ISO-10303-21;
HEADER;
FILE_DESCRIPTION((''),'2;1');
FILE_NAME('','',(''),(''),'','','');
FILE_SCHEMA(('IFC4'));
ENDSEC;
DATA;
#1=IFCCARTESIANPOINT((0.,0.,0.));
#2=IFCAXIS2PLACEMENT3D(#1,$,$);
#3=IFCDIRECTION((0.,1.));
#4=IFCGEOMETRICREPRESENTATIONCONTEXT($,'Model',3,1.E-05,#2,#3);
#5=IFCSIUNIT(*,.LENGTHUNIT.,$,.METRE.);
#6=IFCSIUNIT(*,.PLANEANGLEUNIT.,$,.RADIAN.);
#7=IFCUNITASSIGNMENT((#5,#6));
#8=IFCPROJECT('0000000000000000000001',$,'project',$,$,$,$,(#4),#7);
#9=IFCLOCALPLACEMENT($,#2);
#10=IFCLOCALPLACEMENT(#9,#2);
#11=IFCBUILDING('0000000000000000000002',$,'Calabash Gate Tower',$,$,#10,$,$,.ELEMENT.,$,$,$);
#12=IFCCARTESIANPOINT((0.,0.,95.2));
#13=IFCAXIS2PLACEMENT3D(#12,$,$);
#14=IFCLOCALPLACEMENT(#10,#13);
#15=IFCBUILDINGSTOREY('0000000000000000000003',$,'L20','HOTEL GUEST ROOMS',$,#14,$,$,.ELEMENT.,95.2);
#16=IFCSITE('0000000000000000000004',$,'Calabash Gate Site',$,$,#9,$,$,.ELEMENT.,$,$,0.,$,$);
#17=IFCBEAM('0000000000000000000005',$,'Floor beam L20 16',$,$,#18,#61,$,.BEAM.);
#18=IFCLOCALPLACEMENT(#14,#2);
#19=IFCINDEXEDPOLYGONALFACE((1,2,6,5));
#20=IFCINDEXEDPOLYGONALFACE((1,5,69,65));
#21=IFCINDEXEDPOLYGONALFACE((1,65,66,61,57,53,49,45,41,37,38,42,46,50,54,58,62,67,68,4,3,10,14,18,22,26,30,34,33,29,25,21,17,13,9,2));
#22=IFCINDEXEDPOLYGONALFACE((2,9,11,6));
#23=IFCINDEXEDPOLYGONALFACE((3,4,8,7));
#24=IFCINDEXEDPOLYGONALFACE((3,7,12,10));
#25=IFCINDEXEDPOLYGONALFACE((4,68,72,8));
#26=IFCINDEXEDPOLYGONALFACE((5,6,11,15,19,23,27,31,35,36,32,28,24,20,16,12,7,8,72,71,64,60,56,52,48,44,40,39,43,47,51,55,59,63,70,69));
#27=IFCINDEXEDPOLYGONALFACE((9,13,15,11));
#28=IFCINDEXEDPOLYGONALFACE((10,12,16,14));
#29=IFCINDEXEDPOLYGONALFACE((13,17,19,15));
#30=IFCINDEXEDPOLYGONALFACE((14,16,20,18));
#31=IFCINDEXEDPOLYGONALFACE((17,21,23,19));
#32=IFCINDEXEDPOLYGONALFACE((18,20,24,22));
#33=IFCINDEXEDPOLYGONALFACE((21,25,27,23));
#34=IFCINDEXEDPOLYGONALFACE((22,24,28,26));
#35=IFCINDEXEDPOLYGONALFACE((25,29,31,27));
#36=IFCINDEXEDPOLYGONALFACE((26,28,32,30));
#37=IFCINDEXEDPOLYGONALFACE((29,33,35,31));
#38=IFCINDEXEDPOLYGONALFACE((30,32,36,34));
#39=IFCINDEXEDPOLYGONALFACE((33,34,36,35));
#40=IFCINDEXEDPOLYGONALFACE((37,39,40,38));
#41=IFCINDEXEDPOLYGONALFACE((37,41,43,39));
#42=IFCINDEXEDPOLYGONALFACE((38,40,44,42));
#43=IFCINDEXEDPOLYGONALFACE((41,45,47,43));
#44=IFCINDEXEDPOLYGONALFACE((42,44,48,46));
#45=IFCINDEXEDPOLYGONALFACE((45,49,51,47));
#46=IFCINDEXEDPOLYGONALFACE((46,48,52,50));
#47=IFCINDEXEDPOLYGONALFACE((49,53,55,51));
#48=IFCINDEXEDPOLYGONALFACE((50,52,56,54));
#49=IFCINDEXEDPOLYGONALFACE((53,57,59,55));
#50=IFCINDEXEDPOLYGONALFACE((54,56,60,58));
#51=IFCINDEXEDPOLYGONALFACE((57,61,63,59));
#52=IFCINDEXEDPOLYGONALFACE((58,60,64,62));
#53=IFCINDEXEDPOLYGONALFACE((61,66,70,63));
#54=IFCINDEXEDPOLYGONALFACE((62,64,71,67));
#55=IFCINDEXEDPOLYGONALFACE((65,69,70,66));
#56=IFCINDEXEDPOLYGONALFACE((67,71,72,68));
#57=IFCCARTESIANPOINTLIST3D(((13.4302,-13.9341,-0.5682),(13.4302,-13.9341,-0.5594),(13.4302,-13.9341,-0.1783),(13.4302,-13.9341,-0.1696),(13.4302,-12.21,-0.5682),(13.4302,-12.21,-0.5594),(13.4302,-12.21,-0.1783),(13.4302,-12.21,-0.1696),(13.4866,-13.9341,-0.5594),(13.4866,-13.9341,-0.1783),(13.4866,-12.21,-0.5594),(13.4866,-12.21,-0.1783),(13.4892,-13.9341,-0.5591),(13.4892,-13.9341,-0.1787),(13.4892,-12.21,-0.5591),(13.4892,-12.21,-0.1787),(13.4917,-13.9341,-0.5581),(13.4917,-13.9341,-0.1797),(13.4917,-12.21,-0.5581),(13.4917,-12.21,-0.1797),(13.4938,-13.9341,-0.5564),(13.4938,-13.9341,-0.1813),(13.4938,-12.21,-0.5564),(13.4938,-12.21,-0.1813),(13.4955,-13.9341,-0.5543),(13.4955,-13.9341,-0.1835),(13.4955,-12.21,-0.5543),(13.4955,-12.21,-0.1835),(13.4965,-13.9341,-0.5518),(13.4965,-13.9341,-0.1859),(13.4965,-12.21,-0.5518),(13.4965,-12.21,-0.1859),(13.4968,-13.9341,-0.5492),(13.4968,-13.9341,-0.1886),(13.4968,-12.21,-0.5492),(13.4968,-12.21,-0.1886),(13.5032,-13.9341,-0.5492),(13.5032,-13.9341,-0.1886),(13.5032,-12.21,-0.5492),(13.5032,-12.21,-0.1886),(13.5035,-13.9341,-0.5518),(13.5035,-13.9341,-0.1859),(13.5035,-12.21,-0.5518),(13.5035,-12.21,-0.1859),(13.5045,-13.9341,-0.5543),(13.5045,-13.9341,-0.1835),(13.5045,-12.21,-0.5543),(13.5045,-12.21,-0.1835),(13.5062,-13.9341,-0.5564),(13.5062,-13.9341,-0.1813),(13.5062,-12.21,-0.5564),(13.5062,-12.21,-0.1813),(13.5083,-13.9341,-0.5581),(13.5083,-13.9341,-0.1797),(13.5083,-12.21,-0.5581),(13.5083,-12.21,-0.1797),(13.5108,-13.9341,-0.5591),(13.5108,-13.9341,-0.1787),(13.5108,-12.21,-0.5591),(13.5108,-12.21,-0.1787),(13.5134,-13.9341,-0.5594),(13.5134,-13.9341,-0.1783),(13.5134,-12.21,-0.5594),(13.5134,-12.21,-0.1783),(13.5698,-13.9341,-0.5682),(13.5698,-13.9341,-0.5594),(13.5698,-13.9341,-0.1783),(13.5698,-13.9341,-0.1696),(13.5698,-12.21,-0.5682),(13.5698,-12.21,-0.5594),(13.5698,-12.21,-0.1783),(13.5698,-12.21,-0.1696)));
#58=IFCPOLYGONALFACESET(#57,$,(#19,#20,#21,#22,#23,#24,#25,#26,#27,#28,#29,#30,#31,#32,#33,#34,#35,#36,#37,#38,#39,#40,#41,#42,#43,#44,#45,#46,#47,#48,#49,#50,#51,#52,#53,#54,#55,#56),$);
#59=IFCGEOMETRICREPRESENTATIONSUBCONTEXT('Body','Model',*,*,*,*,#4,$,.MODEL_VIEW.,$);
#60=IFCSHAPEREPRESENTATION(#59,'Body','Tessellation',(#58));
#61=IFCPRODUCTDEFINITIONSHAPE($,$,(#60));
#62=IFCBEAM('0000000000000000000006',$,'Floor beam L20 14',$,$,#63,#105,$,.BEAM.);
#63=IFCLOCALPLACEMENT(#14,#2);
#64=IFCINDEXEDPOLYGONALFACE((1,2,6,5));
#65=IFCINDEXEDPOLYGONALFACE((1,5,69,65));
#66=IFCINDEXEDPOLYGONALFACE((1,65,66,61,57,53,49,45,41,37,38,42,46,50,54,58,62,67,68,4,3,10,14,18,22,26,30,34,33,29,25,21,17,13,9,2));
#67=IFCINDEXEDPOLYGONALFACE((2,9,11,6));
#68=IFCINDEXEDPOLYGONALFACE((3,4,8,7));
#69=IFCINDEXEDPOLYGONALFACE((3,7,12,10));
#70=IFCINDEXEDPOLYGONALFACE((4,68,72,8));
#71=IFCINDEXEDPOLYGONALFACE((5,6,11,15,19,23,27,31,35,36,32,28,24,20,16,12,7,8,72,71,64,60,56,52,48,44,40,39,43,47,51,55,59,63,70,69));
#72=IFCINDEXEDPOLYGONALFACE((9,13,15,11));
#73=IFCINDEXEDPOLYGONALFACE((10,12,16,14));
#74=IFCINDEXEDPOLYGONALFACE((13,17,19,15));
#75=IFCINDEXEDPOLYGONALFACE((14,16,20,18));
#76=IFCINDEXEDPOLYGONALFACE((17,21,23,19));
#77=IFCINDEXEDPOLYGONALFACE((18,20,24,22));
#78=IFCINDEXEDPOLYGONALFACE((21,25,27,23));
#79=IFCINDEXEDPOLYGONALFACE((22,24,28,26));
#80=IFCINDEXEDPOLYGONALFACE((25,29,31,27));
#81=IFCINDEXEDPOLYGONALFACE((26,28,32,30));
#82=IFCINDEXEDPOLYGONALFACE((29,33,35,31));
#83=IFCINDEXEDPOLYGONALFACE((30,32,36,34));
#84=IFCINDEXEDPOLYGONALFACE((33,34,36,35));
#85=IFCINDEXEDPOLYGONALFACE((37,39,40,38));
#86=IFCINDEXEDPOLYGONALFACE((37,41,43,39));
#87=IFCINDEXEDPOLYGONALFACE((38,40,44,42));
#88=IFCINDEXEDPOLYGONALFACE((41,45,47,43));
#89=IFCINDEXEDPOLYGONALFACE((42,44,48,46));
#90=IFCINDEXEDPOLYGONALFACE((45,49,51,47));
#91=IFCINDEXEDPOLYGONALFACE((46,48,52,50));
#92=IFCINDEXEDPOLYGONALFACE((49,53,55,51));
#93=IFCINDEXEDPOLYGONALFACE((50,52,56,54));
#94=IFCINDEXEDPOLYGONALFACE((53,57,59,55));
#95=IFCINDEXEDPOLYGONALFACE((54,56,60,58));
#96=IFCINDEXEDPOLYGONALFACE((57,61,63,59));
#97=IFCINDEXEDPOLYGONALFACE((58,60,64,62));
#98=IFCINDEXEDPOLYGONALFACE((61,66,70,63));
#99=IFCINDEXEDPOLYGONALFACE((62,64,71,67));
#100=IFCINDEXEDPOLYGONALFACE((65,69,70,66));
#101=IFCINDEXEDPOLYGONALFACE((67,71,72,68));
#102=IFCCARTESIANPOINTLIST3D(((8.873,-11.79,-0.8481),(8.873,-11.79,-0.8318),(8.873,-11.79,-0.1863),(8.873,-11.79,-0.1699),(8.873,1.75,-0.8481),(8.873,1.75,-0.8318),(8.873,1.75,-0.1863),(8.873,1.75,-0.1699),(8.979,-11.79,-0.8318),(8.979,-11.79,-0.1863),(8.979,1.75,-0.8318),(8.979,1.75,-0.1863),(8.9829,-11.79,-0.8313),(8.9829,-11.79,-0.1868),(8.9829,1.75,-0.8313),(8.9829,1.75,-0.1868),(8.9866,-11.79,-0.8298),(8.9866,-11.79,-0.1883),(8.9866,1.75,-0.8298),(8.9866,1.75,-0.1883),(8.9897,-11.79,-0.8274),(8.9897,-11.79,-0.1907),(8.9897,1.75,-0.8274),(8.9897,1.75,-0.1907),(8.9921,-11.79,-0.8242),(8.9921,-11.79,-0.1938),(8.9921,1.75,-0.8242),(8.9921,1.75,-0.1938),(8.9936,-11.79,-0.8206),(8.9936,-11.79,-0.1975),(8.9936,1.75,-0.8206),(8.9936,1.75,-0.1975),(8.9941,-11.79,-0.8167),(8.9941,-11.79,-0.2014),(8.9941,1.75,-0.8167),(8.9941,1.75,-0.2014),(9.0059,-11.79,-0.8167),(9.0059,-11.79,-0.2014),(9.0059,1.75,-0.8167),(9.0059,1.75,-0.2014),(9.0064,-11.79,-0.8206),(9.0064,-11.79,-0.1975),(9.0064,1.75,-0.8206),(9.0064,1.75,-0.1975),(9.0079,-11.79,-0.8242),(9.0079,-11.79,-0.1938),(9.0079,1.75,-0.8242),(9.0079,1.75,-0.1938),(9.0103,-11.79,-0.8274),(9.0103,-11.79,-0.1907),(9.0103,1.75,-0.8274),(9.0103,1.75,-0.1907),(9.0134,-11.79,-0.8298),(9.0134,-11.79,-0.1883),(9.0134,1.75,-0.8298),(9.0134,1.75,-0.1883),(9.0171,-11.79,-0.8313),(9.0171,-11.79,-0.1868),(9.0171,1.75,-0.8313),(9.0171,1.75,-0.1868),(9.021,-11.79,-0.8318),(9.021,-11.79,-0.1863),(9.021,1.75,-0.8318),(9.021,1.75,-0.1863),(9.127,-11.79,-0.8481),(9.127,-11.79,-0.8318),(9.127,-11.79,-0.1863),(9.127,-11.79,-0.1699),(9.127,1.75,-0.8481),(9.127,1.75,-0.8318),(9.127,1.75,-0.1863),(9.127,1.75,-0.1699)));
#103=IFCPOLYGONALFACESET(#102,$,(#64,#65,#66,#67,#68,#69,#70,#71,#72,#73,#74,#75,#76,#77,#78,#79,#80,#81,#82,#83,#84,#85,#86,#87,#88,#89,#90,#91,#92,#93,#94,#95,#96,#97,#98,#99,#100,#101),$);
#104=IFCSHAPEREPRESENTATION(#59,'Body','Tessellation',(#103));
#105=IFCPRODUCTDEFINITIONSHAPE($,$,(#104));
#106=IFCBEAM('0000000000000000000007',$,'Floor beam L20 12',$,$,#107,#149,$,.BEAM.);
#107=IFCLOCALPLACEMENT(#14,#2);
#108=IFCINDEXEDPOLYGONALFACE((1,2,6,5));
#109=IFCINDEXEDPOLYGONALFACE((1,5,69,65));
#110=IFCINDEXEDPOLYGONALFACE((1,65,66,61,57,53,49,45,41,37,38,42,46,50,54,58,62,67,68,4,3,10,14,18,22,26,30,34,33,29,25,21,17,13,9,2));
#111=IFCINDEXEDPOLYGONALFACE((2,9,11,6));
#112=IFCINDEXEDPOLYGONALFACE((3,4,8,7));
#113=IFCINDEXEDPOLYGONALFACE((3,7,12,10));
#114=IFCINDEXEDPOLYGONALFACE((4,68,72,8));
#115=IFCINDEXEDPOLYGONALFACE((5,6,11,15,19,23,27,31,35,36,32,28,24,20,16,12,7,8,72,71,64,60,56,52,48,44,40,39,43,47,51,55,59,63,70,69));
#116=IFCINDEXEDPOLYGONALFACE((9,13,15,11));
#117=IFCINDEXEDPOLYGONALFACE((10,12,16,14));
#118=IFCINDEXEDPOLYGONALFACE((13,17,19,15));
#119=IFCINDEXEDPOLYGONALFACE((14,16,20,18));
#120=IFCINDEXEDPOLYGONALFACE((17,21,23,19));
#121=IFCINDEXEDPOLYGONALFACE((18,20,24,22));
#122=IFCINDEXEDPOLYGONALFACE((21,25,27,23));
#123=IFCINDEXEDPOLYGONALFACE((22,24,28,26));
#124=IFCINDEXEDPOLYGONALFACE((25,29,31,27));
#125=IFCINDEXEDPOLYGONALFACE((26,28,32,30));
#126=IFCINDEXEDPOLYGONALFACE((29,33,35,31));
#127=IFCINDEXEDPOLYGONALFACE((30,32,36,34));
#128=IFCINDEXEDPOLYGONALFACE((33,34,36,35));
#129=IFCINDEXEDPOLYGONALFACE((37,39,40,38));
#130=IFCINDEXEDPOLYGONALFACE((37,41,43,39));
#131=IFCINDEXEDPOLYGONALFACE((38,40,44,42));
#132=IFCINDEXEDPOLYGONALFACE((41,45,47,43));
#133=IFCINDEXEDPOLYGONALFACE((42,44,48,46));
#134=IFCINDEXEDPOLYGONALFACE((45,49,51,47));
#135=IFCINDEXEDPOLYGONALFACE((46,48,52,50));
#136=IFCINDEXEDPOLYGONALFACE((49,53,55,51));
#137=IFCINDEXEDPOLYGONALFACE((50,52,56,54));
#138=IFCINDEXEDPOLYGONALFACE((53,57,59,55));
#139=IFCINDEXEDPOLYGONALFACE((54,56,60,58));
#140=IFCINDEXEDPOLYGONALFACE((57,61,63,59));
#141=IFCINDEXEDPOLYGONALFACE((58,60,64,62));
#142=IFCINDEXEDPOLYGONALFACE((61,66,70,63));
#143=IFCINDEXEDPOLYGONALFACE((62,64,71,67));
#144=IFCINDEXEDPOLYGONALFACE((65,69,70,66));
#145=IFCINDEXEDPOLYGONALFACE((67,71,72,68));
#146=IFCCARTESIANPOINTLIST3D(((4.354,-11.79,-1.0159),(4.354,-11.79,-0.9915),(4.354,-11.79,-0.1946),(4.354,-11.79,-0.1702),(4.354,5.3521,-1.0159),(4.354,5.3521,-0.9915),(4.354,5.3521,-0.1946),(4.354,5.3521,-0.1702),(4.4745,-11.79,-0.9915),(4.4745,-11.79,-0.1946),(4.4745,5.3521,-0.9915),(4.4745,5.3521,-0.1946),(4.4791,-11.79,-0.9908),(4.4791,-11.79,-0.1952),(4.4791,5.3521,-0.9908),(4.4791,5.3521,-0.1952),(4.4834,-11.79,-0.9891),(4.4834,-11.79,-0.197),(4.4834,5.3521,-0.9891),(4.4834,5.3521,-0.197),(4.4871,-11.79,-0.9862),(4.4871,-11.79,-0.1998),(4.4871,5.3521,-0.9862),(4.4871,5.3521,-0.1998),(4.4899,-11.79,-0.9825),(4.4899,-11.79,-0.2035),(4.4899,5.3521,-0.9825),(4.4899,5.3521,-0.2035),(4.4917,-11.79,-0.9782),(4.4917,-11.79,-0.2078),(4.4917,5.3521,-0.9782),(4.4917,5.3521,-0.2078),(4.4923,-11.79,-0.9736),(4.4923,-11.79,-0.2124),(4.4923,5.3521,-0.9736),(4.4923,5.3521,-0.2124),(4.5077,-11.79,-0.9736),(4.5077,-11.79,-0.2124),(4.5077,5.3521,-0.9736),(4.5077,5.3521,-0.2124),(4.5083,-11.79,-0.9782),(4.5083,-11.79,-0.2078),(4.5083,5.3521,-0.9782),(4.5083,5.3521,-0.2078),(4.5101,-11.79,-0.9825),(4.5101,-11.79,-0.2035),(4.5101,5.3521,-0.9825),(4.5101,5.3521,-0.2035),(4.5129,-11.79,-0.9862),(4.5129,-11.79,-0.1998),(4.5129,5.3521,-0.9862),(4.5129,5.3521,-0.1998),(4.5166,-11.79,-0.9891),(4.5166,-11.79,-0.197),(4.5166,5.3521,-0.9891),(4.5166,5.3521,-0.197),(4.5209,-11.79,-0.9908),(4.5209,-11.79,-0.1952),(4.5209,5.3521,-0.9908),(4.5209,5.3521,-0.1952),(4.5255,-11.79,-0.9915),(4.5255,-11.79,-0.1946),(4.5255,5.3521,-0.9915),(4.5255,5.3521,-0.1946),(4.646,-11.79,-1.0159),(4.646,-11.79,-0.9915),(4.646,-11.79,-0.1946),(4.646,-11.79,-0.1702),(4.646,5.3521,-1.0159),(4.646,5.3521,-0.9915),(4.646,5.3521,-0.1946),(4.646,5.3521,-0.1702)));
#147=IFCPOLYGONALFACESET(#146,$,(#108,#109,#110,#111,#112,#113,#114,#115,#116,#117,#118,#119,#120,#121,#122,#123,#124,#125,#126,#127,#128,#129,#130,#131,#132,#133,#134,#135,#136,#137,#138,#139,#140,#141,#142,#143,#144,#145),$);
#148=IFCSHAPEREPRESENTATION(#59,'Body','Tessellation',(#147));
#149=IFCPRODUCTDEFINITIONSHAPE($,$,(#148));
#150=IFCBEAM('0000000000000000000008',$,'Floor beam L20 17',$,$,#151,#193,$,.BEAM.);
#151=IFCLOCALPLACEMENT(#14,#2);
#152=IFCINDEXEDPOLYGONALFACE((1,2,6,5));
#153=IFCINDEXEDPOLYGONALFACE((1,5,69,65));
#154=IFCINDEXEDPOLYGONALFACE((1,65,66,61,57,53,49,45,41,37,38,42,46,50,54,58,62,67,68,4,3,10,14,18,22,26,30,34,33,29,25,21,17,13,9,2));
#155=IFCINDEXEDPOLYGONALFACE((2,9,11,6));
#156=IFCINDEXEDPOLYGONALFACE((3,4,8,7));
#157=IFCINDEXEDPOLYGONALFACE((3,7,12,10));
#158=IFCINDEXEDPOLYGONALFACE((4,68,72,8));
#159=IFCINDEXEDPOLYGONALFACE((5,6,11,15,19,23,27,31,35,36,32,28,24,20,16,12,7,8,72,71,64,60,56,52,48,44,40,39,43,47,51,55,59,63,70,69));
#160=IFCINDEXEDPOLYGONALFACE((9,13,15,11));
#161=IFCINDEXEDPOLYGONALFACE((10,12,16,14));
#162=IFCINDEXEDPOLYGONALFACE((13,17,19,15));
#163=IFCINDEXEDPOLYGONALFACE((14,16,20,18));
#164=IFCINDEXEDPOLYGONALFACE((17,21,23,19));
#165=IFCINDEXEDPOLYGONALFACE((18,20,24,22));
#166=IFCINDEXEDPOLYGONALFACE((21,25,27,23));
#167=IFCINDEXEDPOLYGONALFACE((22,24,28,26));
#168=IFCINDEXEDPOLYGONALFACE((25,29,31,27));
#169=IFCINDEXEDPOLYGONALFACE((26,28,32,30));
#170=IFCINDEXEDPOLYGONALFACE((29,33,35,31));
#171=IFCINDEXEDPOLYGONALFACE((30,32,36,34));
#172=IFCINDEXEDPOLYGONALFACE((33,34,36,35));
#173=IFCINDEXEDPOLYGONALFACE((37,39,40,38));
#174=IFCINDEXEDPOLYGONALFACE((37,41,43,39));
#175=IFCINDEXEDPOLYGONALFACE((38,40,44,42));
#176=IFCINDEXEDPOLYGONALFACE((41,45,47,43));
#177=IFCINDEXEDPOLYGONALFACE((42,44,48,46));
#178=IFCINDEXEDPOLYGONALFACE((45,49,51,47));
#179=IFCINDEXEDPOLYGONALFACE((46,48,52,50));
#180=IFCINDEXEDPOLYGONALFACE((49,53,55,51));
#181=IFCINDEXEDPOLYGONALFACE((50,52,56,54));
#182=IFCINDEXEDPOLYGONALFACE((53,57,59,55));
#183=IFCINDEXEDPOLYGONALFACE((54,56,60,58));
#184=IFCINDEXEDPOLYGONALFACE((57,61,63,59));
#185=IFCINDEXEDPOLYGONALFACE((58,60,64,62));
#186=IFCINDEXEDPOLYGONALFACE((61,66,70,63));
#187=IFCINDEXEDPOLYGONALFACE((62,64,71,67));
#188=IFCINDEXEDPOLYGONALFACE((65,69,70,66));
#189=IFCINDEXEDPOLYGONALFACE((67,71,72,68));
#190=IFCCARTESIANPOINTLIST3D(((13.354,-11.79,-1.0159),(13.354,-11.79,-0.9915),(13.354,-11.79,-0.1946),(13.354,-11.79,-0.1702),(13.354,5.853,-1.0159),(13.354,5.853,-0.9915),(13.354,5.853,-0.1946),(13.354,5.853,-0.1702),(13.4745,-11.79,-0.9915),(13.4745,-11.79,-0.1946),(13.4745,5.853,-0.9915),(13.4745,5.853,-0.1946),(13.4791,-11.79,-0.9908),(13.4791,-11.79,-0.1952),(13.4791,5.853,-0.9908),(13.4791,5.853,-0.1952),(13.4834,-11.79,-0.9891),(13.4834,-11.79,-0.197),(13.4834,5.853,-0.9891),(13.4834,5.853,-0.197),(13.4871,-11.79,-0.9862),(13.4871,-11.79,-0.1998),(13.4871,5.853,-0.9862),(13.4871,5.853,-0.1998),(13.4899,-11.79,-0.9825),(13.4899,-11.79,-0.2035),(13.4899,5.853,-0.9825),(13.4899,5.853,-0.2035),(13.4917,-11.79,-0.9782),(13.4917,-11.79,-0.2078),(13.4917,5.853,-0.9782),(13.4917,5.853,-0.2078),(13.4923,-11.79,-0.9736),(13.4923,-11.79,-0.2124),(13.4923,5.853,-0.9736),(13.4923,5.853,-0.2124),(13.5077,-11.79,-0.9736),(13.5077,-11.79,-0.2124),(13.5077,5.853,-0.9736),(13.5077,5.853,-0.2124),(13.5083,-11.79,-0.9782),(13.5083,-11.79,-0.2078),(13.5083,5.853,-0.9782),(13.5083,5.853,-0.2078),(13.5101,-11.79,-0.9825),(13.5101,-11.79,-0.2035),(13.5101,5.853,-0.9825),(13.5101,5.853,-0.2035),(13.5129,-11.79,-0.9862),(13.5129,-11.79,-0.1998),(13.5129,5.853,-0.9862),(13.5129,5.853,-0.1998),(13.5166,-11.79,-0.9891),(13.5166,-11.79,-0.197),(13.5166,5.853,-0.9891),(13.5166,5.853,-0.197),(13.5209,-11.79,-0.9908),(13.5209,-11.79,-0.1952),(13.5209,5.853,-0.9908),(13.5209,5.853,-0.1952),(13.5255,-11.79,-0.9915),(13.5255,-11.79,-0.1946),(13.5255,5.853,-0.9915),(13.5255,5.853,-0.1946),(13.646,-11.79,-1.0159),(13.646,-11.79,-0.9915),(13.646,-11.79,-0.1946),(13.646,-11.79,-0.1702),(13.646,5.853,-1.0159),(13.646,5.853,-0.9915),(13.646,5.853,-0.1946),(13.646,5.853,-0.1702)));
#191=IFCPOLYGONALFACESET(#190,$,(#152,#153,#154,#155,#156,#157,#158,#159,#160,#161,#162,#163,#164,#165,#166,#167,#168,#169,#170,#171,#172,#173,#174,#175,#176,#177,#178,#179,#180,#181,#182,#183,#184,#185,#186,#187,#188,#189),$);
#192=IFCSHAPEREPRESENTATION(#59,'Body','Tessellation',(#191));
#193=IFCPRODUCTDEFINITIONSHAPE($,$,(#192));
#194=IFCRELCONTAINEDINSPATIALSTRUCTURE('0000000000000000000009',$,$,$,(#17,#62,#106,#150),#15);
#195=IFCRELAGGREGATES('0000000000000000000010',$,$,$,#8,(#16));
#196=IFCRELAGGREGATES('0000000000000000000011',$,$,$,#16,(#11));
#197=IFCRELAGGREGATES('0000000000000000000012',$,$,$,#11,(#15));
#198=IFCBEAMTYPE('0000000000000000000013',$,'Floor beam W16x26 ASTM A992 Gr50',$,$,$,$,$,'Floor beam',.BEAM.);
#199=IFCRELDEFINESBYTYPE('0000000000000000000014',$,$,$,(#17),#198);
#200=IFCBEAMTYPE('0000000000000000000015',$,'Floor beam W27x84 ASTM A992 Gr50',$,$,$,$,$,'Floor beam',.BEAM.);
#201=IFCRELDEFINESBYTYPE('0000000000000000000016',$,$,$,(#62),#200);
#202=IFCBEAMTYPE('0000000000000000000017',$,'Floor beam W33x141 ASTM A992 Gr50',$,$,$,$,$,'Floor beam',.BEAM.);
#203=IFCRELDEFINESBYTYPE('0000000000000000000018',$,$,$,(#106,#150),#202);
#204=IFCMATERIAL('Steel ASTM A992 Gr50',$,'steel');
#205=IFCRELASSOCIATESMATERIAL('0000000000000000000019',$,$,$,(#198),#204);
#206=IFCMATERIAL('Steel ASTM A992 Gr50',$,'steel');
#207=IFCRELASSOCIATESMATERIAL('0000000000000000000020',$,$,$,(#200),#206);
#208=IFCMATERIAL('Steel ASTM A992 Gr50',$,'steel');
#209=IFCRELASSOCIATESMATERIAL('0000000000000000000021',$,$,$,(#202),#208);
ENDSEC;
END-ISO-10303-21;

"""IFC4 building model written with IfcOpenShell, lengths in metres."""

from ifc_helpers import new_model, si_unit, direction, frame, origin, origin_2d, place, context, subcontext, project, spatial, i_section, extrude, material, material_profile, profile_set, type_object, element, save


model = new_model("IFC4")

# Units and contexts
model_context = context("Model", 3, precision=1e-05, world=origin(), true_north=direction((0.0, 1.0)))
body_context = subcontext(model_context, "Body", "Model", "MODEL_VIEW")
ifc_project = project(units=[si_unit("LENGTHUNIT", "METRE"), si_unit("PLANEANGLEUNIT", "RADIAN")], contexts=[model_context])

# Site, building, storey
site_placement = place(None, origin())
site = spatial("IfcSite", under=ifc_project, at=site_placement, Name="Calabash Gate Site", CompositionType="ELEMENT", RefElevation=0.0)
building_placement = place(site_placement, origin())
building = spatial("IfcBuilding", under=site, at=building_placement, Name="Calabash Gate Tower", CompositionType="ELEMENT")
storey_placement = place(building_placement, frame((0.0, 0.0, 95.2)))
storey = spatial("IfcBuildingStorey", under=building, at=storey_placement, Name="L20", Description="HOTEL GUEST ROOMS", CompositionType="ELEMENT", Elevation=95.2)

# Beams
ifc_material_1 = material(Name="Steel ASTM A992 Gr50", Category="steel")
ifc_material_profile_1 = material_profile(ifc_material_1, i_section(OverallWidth=0.1396, OverallDepth=0.3987, WebThickness=0.0063, FlangeThickness=0.0088, FilletRadius=0.0103, at=origin_2d()))
ifc_profile_set_1 = profile_set([ifc_material_profile_1], Name="Steel ASTM A992 Gr50")
beam_type_1 = type_object("IfcBeamType", Name="Floor beam W16x26 ASTM A992 Gr50", ElementType="Floor beam", PredefinedType="BEAM", material=ifc_profile_set_1)
beam_1_placement = place(storey_placement, frame((13.5, -13.9341, -0.3689), z_axis=(0.0, 1.0, 0.0), x_axis=(-1.0, 0.0, 0.0)))
element("IfcBeam", 1, at=beam_1_placement, inside=storey, type_object=beam_type_1, Name="Floor beam L20 16", PredefinedType="BEAM", context=body_context, shape_type="SweptSolid", body=[
    extrude(i_section(OverallWidth=0.1396, OverallDepth=0.3987, WebThickness=0.0063, FlangeThickness=0.0088, FilletRadius=0.0103, at=origin_2d()), origin(), (0.0, 0.0, 1.0), 1.7241),
])
ifc_material_2 = material(Name="Steel ASTM A992 Gr50", Category="steel")
ifc_material_profile_2 = material_profile(ifc_material_2, i_section(OverallWidth=0.2539, OverallDepth=0.6782, WebThickness=0.0117, FlangeThickness=0.0164, FilletRadius=0.0151, at=origin_2d()))
ifc_profile_set_2 = profile_set([ifc_material_profile_2], Name="Steel ASTM A992 Gr50")
beam_type_2 = type_object("IfcBeamType", Name="Floor beam W27x84 ASTM A992 Gr50", ElementType="Floor beam", PredefinedType="BEAM", material=ifc_profile_set_2)
beam_2_placement = place(storey_placement, frame((9.0, -11.79, -0.509), z_axis=(0.0, 1.0, 0.0), x_axis=(-1.0, 0.0, 0.0)))
element("IfcBeam", 2, at=beam_2_placement, inside=storey, type_object=beam_type_2, Name="Floor beam L20 14", PredefinedType="BEAM", context=body_context, shape_type="SweptSolid", body=[
    extrude(i_section(OverallWidth=0.2539, OverallDepth=0.6782, WebThickness=0.0117, FlangeThickness=0.0164, FilletRadius=0.0151, at=origin_2d()), origin(), (0.0, 0.0, 1.0), 13.54),
])
ifc_material_3 = material(Name="Steel ASTM A992 Gr50", Category="steel")
ifc_material_profile_3 = material_profile(ifc_material_3, i_section(OverallWidth=0.292, OverallDepth=0.8457, WebThickness=0.0154, FlangeThickness=0.0244, FilletRadius=0.0178, at=origin_2d()))
ifc_profile_set_3 = profile_set([ifc_material_profile_3], Name="Steel ASTM A992 Gr50")
beam_type_3 = type_object("IfcBeamType", Name="Floor beam W33x141 ASTM A992 Gr50", ElementType="Floor beam", PredefinedType="BEAM", material=ifc_profile_set_3)
beam_3_placement = place(storey_placement, frame((4.5, -11.79, -0.593), z_axis=(0.0, 1.0, 0.0), x_axis=(-1.0, 0.0, 0.0)))
element("IfcBeam", 3, at=beam_3_placement, inside=storey, type_object=beam_type_3, Name="Floor beam L20 12", PredefinedType="BEAM", context=body_context, shape_type="SweptSolid", body=[
    extrude(i_section(OverallWidth=0.292, OverallDepth=0.8457, WebThickness=0.0154, FlangeThickness=0.0244, FilletRadius=0.0178, at=origin_2d()), origin(), (0.0, 0.0, 1.0), 17.1421),
])
beam_4_placement = place(storey_placement, frame((13.5, -11.79, -0.593), z_axis=(0.0, 1.0, 0.0), x_axis=(-1.0, 0.0, 0.0)))
element("IfcBeam", 4, at=beam_4_placement, inside=storey, type_object=beam_type_3, Name="Floor beam L20 17", PredefinedType="BEAM", context=body_context, shape_type="SweptSolid", body=[
    extrude(i_section(OverallWidth=0.292, OverallDepth=0.8457, WebThickness=0.0154, FlangeThickness=0.0244, FilletRadius=0.0178, at=origin_2d()), origin(), (0.0, 0.0, 1.0), 17.6431),
])

save(model, "model.ifc")
